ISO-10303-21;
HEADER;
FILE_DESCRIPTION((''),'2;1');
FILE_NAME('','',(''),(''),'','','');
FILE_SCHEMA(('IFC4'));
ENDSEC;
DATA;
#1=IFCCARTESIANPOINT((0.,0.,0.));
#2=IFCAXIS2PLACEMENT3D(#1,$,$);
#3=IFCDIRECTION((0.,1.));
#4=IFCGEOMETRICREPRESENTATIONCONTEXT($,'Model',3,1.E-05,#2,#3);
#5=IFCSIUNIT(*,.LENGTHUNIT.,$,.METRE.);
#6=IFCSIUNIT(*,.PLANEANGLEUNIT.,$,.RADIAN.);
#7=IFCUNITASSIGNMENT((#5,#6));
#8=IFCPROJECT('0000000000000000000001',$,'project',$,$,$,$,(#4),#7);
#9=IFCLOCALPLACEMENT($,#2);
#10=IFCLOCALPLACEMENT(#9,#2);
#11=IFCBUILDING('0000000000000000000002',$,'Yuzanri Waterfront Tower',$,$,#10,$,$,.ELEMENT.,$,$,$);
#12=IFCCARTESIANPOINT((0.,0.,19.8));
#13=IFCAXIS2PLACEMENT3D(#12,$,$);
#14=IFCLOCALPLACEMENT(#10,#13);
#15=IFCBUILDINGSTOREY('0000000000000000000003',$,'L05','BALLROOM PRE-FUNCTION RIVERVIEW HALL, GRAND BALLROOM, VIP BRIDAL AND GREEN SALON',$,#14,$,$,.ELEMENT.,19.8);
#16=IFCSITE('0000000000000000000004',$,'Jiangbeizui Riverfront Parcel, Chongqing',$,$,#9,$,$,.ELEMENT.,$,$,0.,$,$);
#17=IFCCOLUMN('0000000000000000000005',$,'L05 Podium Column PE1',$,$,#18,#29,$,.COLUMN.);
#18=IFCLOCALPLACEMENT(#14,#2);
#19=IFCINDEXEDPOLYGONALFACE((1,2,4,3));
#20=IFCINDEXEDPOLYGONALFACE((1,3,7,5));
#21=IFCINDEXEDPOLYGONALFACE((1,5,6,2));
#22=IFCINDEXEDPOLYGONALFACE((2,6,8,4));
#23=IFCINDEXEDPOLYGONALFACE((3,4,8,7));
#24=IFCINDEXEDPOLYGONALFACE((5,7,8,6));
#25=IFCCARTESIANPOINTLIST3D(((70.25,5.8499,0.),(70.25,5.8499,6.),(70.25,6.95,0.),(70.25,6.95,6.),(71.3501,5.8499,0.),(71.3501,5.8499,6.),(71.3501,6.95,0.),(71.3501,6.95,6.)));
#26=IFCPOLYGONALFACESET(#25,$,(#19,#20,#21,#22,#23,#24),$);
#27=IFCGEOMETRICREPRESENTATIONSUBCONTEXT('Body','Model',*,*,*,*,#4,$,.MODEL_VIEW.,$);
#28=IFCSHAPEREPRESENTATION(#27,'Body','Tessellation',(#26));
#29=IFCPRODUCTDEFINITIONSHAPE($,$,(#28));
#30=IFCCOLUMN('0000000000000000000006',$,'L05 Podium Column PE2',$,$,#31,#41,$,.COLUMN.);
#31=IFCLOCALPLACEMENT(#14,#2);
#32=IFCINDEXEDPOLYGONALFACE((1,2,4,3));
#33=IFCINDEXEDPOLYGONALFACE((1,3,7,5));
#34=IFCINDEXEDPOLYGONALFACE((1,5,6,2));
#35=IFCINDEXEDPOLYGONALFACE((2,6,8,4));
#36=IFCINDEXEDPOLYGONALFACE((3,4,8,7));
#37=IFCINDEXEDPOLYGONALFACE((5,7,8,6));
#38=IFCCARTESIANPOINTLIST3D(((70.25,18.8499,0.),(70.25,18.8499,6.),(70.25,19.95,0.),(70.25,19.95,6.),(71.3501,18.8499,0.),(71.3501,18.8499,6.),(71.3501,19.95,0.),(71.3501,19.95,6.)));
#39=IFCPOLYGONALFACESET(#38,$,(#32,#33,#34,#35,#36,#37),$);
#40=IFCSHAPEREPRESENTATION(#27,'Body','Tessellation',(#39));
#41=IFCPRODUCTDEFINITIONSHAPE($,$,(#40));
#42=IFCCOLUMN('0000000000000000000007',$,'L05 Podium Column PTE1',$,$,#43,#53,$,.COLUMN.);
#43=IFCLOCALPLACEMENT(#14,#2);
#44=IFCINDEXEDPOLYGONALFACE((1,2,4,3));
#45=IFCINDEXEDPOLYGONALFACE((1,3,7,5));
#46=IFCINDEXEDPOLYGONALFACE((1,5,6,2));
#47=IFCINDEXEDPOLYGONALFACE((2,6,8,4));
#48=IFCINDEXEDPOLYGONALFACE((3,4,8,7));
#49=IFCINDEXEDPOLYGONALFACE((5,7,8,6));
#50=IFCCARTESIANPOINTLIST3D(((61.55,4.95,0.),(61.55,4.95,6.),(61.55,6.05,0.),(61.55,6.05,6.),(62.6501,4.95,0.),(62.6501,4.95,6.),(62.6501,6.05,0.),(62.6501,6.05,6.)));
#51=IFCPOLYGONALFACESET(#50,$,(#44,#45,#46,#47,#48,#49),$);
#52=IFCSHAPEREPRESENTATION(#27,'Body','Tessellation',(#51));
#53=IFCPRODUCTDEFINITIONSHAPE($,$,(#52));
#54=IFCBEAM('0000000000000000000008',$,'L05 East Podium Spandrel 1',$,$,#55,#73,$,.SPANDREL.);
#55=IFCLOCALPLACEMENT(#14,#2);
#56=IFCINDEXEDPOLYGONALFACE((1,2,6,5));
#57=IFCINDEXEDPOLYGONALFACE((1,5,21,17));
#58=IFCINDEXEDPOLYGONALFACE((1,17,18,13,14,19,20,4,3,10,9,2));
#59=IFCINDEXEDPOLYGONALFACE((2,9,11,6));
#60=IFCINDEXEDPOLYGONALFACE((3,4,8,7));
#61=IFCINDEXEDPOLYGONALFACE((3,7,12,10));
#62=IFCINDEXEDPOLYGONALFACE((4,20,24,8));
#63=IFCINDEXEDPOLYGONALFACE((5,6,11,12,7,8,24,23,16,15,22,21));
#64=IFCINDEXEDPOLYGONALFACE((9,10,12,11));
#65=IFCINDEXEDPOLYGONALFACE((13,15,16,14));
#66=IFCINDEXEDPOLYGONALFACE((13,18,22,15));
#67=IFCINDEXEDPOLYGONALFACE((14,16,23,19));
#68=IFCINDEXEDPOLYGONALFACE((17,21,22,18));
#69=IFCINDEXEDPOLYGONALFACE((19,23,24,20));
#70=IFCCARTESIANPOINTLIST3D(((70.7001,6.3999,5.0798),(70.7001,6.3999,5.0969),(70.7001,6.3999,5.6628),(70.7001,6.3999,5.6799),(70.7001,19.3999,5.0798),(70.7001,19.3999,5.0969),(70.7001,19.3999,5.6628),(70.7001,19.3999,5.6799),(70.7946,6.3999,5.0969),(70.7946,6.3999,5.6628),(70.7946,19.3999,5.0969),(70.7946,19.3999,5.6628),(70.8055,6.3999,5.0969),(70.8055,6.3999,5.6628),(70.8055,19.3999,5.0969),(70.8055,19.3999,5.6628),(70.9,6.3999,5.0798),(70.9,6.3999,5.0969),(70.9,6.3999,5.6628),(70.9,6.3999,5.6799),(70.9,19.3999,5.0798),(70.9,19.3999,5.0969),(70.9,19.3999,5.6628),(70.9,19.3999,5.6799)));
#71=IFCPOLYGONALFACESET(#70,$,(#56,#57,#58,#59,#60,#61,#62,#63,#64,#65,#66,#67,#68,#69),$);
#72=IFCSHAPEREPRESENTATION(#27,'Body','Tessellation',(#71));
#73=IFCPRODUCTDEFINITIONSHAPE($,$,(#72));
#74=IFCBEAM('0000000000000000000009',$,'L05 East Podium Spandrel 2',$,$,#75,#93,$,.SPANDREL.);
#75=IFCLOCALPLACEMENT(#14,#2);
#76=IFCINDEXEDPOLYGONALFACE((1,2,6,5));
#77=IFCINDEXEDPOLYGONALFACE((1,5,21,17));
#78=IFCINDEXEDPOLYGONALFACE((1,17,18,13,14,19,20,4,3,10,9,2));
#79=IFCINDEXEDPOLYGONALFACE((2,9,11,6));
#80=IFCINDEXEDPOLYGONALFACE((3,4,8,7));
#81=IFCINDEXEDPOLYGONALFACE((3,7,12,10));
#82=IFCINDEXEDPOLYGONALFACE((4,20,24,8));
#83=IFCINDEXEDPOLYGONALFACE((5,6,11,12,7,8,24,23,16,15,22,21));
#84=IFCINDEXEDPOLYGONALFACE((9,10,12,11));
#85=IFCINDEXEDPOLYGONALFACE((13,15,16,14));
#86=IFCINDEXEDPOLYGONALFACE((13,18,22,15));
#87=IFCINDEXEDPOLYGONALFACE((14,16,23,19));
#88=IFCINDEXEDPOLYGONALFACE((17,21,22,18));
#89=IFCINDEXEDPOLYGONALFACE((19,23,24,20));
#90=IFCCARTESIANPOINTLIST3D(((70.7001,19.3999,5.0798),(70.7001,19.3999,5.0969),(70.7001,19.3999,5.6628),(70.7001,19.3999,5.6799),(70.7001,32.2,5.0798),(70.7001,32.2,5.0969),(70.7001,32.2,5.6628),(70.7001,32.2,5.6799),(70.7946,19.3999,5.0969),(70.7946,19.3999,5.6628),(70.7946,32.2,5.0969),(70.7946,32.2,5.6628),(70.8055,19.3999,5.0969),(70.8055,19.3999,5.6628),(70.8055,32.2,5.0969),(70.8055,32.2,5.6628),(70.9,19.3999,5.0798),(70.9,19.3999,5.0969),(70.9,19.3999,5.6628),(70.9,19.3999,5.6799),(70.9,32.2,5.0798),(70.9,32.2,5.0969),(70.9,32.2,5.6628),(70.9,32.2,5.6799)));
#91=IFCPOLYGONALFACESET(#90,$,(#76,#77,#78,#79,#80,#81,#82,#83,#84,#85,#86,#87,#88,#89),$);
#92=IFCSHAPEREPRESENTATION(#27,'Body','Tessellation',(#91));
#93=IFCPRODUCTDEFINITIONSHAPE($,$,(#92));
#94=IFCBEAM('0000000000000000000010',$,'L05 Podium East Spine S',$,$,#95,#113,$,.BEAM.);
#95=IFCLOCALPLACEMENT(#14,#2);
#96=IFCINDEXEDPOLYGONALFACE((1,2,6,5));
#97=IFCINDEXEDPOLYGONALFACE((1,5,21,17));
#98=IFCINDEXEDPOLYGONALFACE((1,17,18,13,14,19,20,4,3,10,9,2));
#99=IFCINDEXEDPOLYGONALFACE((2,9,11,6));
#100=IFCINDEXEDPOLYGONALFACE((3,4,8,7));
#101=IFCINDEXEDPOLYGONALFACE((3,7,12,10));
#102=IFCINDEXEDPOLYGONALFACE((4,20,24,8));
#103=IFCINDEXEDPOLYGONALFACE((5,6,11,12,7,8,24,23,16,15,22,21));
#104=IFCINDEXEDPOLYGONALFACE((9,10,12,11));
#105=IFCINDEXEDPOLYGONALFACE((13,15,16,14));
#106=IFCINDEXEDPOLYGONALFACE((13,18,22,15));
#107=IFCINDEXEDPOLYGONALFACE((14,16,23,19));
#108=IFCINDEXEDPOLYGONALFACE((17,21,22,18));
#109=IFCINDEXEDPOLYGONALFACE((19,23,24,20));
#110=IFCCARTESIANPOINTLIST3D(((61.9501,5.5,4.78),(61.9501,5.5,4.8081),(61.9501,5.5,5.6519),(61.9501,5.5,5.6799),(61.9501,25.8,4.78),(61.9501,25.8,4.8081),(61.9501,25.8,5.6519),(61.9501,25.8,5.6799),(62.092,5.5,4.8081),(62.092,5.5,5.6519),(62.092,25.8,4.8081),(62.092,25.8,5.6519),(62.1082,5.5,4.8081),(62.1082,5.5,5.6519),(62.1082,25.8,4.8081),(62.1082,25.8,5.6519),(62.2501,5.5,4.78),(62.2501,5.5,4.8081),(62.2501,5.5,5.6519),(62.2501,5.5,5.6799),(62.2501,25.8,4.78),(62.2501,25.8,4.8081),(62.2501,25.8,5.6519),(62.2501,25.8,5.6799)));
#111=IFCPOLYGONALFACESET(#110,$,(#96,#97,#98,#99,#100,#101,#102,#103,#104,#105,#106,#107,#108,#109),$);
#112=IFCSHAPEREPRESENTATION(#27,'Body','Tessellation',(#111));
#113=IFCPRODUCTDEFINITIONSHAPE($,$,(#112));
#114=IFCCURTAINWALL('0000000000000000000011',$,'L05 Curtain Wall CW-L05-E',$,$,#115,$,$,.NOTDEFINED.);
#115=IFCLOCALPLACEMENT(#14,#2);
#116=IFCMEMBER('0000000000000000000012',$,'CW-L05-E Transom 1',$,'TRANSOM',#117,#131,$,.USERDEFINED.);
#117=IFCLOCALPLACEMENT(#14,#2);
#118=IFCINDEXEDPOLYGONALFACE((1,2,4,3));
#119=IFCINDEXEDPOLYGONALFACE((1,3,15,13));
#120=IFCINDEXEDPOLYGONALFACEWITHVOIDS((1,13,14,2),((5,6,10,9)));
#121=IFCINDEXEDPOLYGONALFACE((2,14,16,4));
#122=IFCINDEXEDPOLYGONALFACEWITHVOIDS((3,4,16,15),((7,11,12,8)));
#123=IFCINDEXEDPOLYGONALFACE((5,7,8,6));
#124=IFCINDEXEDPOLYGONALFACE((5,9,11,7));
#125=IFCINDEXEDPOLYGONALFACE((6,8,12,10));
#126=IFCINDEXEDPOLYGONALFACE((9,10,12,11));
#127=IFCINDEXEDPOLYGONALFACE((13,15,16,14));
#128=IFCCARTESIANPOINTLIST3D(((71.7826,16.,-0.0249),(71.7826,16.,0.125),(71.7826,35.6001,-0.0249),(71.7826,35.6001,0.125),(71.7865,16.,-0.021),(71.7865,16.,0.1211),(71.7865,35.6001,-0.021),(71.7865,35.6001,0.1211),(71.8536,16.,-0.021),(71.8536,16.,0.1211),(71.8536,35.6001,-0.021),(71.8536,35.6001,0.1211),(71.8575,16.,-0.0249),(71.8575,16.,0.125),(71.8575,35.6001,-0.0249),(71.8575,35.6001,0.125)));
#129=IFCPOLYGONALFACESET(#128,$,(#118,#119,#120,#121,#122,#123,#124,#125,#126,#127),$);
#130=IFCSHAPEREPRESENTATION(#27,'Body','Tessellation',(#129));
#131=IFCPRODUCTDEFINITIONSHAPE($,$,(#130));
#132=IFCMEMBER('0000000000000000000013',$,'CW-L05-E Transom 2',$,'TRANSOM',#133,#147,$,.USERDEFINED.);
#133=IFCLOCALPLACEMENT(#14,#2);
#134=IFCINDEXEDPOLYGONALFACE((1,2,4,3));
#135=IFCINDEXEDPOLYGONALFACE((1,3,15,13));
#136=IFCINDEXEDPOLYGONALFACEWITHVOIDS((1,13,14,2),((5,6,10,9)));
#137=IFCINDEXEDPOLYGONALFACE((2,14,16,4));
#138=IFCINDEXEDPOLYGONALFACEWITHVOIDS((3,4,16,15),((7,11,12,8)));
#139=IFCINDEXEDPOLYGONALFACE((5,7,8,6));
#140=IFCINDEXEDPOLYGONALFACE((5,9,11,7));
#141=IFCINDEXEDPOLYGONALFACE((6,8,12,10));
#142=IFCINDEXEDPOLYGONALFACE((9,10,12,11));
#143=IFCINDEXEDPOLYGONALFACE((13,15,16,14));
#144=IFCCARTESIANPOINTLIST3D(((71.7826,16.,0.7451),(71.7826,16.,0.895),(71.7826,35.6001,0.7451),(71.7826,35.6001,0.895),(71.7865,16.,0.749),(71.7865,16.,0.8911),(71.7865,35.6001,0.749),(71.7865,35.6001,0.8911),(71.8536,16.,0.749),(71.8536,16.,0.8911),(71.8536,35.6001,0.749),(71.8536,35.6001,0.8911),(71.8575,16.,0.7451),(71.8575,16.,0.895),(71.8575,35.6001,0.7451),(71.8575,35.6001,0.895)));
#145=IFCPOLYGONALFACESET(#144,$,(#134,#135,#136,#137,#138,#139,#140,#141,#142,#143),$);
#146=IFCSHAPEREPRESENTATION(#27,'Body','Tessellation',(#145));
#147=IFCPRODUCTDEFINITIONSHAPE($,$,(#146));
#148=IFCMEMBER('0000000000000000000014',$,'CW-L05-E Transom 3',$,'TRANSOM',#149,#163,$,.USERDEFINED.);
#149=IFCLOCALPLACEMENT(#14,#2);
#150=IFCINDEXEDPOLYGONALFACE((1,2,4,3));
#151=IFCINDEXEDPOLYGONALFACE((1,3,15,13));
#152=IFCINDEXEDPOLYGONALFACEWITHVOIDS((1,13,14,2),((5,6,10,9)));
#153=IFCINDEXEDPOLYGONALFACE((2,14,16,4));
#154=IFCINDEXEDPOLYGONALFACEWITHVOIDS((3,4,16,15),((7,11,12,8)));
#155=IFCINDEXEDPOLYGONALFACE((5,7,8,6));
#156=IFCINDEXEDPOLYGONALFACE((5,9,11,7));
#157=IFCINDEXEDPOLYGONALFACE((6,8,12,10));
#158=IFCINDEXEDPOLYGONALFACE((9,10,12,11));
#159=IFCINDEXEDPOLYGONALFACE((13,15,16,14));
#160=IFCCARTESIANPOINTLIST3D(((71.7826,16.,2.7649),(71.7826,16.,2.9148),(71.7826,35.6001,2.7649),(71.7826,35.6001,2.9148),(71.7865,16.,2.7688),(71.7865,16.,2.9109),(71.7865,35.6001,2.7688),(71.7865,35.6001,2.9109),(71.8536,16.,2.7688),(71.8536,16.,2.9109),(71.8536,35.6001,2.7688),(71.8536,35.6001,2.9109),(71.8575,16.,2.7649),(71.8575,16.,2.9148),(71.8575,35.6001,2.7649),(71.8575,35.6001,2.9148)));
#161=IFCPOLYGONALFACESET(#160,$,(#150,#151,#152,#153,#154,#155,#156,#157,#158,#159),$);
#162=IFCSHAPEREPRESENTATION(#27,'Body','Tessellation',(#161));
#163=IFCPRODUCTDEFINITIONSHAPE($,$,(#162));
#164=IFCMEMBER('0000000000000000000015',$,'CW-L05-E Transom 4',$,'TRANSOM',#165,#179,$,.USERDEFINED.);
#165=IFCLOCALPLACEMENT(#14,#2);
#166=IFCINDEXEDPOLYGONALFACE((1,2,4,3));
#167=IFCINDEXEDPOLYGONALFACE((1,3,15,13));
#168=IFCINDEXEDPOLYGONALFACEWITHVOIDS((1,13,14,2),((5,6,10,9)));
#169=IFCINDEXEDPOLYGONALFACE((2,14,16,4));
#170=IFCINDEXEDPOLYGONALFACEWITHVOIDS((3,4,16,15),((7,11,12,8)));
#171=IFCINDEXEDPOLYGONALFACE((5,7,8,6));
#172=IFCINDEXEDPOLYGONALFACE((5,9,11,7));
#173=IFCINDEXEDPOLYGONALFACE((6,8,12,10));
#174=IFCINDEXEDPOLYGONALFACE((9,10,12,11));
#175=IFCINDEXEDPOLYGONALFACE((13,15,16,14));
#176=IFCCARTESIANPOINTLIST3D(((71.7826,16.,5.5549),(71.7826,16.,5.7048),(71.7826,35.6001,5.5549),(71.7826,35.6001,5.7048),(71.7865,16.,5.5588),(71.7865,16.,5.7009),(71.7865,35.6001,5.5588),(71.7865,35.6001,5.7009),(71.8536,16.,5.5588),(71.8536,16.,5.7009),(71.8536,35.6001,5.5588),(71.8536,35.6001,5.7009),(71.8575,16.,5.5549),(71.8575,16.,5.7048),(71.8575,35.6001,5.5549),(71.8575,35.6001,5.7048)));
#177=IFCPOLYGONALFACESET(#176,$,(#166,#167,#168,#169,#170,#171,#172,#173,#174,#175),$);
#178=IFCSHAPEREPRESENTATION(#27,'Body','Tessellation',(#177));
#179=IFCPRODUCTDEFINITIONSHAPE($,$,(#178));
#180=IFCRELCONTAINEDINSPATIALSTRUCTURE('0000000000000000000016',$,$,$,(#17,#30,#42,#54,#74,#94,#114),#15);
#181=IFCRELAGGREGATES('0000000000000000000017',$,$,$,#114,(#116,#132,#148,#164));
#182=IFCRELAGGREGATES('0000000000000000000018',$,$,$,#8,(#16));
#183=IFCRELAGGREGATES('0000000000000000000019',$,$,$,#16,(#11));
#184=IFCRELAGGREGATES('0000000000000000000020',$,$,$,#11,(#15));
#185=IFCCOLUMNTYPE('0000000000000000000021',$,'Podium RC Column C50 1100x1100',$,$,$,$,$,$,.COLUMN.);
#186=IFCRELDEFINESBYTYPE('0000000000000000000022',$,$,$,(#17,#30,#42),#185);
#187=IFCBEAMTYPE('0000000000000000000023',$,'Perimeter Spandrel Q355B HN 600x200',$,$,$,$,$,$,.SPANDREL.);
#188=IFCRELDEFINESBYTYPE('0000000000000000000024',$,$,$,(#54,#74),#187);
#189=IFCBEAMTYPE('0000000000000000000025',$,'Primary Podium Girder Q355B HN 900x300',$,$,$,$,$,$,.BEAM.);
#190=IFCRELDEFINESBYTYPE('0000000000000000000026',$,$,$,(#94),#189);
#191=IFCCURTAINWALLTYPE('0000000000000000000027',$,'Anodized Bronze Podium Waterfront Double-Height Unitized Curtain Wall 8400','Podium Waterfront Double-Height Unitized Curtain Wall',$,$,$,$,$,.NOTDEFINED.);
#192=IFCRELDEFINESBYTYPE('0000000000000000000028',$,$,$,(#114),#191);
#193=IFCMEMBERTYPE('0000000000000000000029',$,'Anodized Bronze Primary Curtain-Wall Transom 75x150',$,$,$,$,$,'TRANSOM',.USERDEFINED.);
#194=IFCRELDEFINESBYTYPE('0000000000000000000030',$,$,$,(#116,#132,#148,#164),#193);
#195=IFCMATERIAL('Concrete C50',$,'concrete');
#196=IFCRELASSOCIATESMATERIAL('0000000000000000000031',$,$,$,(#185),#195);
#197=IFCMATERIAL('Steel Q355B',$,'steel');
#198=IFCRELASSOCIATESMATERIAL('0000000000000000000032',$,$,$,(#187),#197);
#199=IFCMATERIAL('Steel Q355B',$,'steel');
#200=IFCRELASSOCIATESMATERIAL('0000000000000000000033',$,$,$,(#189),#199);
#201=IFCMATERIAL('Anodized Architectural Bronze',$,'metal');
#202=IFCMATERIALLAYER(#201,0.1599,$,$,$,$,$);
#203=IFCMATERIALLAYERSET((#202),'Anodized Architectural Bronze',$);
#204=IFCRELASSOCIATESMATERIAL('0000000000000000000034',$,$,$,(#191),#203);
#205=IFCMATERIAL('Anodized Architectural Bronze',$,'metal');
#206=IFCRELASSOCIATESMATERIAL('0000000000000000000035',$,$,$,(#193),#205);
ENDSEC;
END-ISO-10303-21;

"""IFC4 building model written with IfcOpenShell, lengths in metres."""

from ifc_helpers import new_model, si_unit, direction, frame, origin, origin_2d, place, context, subcontext, project, spatial, rectangle, hollow_rectangle, i_section, extrude, source, transform, mapped, material, layer, layer_set, material_profile, profile_set, type_object, element, aggregate, save


model = new_model("IFC4")

# Units and contexts
model_context = context("Model", 3, precision=1e-05, world=origin(), true_north=direction((0.0, 1.0)))
body_context = subcontext(model_context, "Body", "Model", "MODEL_VIEW")
ifc_project = project(units=[si_unit("LENGTHUNIT", "METRE"), si_unit("PLANEANGLEUNIT", "RADIAN")], contexts=[model_context])

# Site, building, storey
site_placement = place(None, origin())
site = spatial("IfcSite", under=ifc_project, at=site_placement, Name="Jiangbeizui Riverfront Parcel, Chongqing", CompositionType="ELEMENT", RefElevation=0.0)
building_placement = place(site_placement, origin())
building = spatial("IfcBuilding", under=site, at=building_placement, Name="Yuzanri Waterfront Tower", CompositionType="ELEMENT")
storey_placement = place(building_placement, frame((0.0, 0.0, 19.8)))
storey = spatial("IfcBuildingStorey", under=building, at=storey_placement, Name="L05", Description="BALLROOM PRE-FUNCTION RIVERVIEW HALL, GRAND BALLROOM, VIP BRIDAL AND GREEN SALON", CompositionType="ELEMENT", Elevation=19.8)

# Columns
ifc_material_1 = material(Name="Concrete C50", Category="concrete")
ifc_material_profile_1 = material_profile(ifc_material_1, rectangle(XDim=1.1001, YDim=1.1001, at=origin_2d()), Name="RC 1100x1100")
ifc_profile_set_1 = profile_set([ifc_material_profile_1], Name="Concrete C50")
column_type = type_object("IfcColumnType", Name="Podium RC Column C50 1100x1100", PredefinedType="COLUMN", material=ifc_profile_set_1)
shared_shape_1 = source(origin(), body_context, "Body", "SweptSolid", [
    extrude(rectangle(XDim=1.1001, YDim=1.1001, at=origin_2d()), origin(), (0.0, 0.0, 1.0), 6.0),
])
for number, where, z_axis, x_axis, name in (
    (1, (70.8, 6.3999, 0.0), (0.0, 0.0, 1.0), (1.0, 0.0, 0.0), "L05 Podium Column PE1"),
    (2, (70.8, 19.3999, 0.0), (0.0, 0.0, 1.0), (1.0, 0.0, 0.0), "L05 Podium Column PE2"),
    (3, (62.1001, 5.5, 0.0), (0.0, 0.0, 1.0), (1.0, 0.0, 0.0), "L05 Podium Column PTE1"),
):
    element("IfcColumn", number, at=place(storey_placement, frame(where, z_axis=z_axis, x_axis=x_axis)), inside=storey, type_object=column_type, Name=name, PredefinedType="COLUMN", context=body_context, shape_type="MappedRepresentation", body=[
        mapped(shared_shape_1, transform((0.0, 0.0, 0.0), scale=1.0)),
    ])

# Beams
ifc_material_2 = material(Name="Steel Q355B", Category="steel")
ifc_material_profile_2 = material_profile(ifc_material_2, i_section(OverallWidth=0.2, OverallDepth=0.6001, WebThickness=0.011, FlangeThickness=0.0171, at=origin_2d()), Name="HN 600x200x11x17")
ifc_profile_set_2 = profile_set([ifc_material_profile_2], Name="Steel Q355B")
beam_type_1 = type_object("IfcBeamType", Name="Perimeter Spandrel Q355B HN 600x200", PredefinedType="SPANDREL", material=ifc_profile_set_2)
shared_shape_2 = source(origin(), body_context, "Body", "SweptSolid", [
    extrude(i_section(OverallWidth=0.2, OverallDepth=0.6001, WebThickness=0.011, FlangeThickness=0.0171, at=origin_2d()), origin(), (0.0, 0.0, 1.0), 13.0),
])
beam_1_placement = place(storey_placement, frame((70.8, 6.3999, 5.3799), z_axis=(0.0, 1.0, 0.0), x_axis=(-1.0, 0.0, 0.0)))
element("IfcBeam", 4, at=beam_1_placement, inside=storey, type_object=beam_type_1, Name="L05 East Podium Spandrel 1", PredefinedType="SPANDREL", context=body_context, shape_type="MappedRepresentation", body=[
    mapped(shared_shape_2, transform((0.0, 0.0, 0.0), scale=1.0)),
])
shared_shape_3 = source(origin(), body_context, "Body", "SweptSolid", [
    extrude(i_section(OverallWidth=0.2, OverallDepth=0.6001, WebThickness=0.011, FlangeThickness=0.0171, at=origin_2d()), origin(), (0.0, 0.0, 1.0), 12.8),
])
beam_2_placement = place(storey_placement, frame((70.8, 19.3999, 5.3799), z_axis=(0.0, 1.0, 0.0), x_axis=(-1.0, 0.0, 0.0)))
element("IfcBeam", 5, at=beam_2_placement, inside=storey, type_object=beam_type_1, Name="L05 East Podium Spandrel 2", PredefinedType="SPANDREL", context=body_context, shape_type="MappedRepresentation", body=[
    mapped(shared_shape_3, transform((0.0, 0.0, 0.0), scale=1.0)),
])
ifc_material_3 = material(Name="Steel Q355B", Category="steel")
ifc_material_profile_3 = material_profile(ifc_material_3, i_section(OverallWidth=0.3, OverallDepth=0.8999, WebThickness=0.0161, FlangeThickness=0.0281, at=origin_2d()), Name="HN 900x300x16x28")
ifc_profile_set_3 = profile_set([ifc_material_profile_3], Name="Steel Q355B")
beam_type_2 = type_object("IfcBeamType", Name="Primary Podium Girder Q355B HN 900x300", PredefinedType="BEAM", material=ifc_profile_set_3)
shared_shape_4 = source(origin(), body_context, "Body", "SweptSolid", [
    extrude(i_section(OverallWidth=0.3, OverallDepth=0.8999, WebThickness=0.0161, FlangeThickness=0.0281, at=origin_2d()), origin(), (0.0, 0.0, 1.0), 20.3),
])
beam_3_placement = place(storey_placement, frame((62.1001, 5.5, 5.23), z_axis=(0.0, 1.0, 0.0), x_axis=(-1.0, 0.0, 0.0)))
element("IfcBeam", 6, at=beam_3_placement, inside=storey, type_object=beam_type_2, Name="L05 Podium East Spine S", PredefinedType="BEAM", context=body_context, shape_type="MappedRepresentation", body=[
    mapped(shared_shape_4, transform((0.0, 0.0, 0.0), scale=1.0)),
])

# Curtain wall, members
ifc_material_4 = material(Name="Anodized Architectural Bronze", Category="metal")
ifc_layer_1 = layer(ifc_material_4, 0.1599)
ifc_layer_set_1 = layer_set([ifc_layer_1], Name="Anodized Architectural Bronze")
curtain_wall_type = type_object("IfcCurtainWallType", Name="Anodized Bronze Podium Waterfront Double-Height Unitized Curtain Wall 8400", Description="Podium Waterfront Double-Height Unitized Curtain Wall", PredefinedType="NOTDEFINED", material=ifc_layer_set_1)
curtain_wall_placement = place(storey_placement, origin())
curtain_wall = element("IfcCurtainWall", 7, at=curtain_wall_placement, inside=storey, type_object=curtain_wall_type, Name="L05 Curtain Wall CW-L05-E", PredefinedType="NOTDEFINED")
ifc_material_5 = material(Name="Anodized Architectural Bronze", Category="metal")
ifc_material_profile_4 = material_profile(ifc_material_5, hollow_rectangle(XDim=0.075, YDim=0.1499, WallThickness=0.0039, at=origin_2d()), Name="CWT 75x150")
ifc_profile_set_4 = profile_set([ifc_material_profile_4], Name="Anodized Architectural Bronze")
member_type_1 = type_object("IfcMemberType", Name="Anodized Bronze Primary Curtain-Wall Transom 75x150", ElementType="TRANSOM", PredefinedType="USERDEFINED", material=ifc_profile_set_4)
shared_shape_5 = source(origin(), body_context, "Body", "SweptSolid", [
    extrude(hollow_rectangle(XDim=0.075, YDim=0.1499, WallThickness=0.0039, at=origin_2d()), origin(), (0.0, 0.0, 1.0), 19.6001),
])
member_1_placement = place(storey_placement, frame((71.8201, 16.0, 0.05), z_axis=(0.0, 1.0, 0.0), x_axis=(-1.0, 0.0, 0.0)))
member_1 = element("IfcMember", 8, at=member_1_placement, type_object=member_type_1, Name="CW-L05-E Transom 1", ObjectType="TRANSOM", PredefinedType="USERDEFINED", context=body_context, shape_type="MappedRepresentation", body=[
    mapped(shared_shape_5, transform((0.0, 0.0, 0.0), scale=1.0)),
])
member_2_placement = place(storey_placement, frame((71.8201, 16.0, 0.8201), z_axis=(0.0, 1.0, 0.0), x_axis=(-1.0, 0.0, 0.0)))
member_2 = element("IfcMember", 9, at=member_2_placement, type_object=member_type_1, Name="CW-L05-E Transom 2", ObjectType="TRANSOM", PredefinedType="USERDEFINED", context=body_context, shape_type="MappedRepresentation", body=[
    mapped(shared_shape_5, transform((0.0, 0.0, 0.0), scale=1.0)),
])
member_3_placement = place(storey_placement, frame((71.8201, 16.0, 2.8398), z_axis=(0.0, 1.0, 0.0), x_axis=(-1.0, 0.0, 0.0)))
member_3 = element("IfcMember", 10, at=member_3_placement, type_object=member_type_1, Name="CW-L05-E Transom 3", ObjectType="TRANSOM", PredefinedType="USERDEFINED", context=body_context, shape_type="MappedRepresentation", body=[
    mapped(shared_shape_5, transform((0.0, 0.0, 0.0), scale=1.0)),
])
member_4_placement = place(storey_placement, frame((71.8201, 16.0, 5.6299), z_axis=(0.0, 1.0, 0.0), x_axis=(-1.0, 0.0, 0.0)))
member_4 = element("IfcMember", 11, at=member_4_placement, type_object=member_type_1, Name="CW-L05-E Transom 4", ObjectType="TRANSOM", PredefinedType="USERDEFINED", context=body_context, shape_type="MappedRepresentation", body=[
    mapped(shared_shape_5, transform((0.0, 0.0, 0.0), scale=1.0)),
])
aggregate(curtain_wall, [member_1, member_2, member_3, member_4])

save(model, "model.ifc")
